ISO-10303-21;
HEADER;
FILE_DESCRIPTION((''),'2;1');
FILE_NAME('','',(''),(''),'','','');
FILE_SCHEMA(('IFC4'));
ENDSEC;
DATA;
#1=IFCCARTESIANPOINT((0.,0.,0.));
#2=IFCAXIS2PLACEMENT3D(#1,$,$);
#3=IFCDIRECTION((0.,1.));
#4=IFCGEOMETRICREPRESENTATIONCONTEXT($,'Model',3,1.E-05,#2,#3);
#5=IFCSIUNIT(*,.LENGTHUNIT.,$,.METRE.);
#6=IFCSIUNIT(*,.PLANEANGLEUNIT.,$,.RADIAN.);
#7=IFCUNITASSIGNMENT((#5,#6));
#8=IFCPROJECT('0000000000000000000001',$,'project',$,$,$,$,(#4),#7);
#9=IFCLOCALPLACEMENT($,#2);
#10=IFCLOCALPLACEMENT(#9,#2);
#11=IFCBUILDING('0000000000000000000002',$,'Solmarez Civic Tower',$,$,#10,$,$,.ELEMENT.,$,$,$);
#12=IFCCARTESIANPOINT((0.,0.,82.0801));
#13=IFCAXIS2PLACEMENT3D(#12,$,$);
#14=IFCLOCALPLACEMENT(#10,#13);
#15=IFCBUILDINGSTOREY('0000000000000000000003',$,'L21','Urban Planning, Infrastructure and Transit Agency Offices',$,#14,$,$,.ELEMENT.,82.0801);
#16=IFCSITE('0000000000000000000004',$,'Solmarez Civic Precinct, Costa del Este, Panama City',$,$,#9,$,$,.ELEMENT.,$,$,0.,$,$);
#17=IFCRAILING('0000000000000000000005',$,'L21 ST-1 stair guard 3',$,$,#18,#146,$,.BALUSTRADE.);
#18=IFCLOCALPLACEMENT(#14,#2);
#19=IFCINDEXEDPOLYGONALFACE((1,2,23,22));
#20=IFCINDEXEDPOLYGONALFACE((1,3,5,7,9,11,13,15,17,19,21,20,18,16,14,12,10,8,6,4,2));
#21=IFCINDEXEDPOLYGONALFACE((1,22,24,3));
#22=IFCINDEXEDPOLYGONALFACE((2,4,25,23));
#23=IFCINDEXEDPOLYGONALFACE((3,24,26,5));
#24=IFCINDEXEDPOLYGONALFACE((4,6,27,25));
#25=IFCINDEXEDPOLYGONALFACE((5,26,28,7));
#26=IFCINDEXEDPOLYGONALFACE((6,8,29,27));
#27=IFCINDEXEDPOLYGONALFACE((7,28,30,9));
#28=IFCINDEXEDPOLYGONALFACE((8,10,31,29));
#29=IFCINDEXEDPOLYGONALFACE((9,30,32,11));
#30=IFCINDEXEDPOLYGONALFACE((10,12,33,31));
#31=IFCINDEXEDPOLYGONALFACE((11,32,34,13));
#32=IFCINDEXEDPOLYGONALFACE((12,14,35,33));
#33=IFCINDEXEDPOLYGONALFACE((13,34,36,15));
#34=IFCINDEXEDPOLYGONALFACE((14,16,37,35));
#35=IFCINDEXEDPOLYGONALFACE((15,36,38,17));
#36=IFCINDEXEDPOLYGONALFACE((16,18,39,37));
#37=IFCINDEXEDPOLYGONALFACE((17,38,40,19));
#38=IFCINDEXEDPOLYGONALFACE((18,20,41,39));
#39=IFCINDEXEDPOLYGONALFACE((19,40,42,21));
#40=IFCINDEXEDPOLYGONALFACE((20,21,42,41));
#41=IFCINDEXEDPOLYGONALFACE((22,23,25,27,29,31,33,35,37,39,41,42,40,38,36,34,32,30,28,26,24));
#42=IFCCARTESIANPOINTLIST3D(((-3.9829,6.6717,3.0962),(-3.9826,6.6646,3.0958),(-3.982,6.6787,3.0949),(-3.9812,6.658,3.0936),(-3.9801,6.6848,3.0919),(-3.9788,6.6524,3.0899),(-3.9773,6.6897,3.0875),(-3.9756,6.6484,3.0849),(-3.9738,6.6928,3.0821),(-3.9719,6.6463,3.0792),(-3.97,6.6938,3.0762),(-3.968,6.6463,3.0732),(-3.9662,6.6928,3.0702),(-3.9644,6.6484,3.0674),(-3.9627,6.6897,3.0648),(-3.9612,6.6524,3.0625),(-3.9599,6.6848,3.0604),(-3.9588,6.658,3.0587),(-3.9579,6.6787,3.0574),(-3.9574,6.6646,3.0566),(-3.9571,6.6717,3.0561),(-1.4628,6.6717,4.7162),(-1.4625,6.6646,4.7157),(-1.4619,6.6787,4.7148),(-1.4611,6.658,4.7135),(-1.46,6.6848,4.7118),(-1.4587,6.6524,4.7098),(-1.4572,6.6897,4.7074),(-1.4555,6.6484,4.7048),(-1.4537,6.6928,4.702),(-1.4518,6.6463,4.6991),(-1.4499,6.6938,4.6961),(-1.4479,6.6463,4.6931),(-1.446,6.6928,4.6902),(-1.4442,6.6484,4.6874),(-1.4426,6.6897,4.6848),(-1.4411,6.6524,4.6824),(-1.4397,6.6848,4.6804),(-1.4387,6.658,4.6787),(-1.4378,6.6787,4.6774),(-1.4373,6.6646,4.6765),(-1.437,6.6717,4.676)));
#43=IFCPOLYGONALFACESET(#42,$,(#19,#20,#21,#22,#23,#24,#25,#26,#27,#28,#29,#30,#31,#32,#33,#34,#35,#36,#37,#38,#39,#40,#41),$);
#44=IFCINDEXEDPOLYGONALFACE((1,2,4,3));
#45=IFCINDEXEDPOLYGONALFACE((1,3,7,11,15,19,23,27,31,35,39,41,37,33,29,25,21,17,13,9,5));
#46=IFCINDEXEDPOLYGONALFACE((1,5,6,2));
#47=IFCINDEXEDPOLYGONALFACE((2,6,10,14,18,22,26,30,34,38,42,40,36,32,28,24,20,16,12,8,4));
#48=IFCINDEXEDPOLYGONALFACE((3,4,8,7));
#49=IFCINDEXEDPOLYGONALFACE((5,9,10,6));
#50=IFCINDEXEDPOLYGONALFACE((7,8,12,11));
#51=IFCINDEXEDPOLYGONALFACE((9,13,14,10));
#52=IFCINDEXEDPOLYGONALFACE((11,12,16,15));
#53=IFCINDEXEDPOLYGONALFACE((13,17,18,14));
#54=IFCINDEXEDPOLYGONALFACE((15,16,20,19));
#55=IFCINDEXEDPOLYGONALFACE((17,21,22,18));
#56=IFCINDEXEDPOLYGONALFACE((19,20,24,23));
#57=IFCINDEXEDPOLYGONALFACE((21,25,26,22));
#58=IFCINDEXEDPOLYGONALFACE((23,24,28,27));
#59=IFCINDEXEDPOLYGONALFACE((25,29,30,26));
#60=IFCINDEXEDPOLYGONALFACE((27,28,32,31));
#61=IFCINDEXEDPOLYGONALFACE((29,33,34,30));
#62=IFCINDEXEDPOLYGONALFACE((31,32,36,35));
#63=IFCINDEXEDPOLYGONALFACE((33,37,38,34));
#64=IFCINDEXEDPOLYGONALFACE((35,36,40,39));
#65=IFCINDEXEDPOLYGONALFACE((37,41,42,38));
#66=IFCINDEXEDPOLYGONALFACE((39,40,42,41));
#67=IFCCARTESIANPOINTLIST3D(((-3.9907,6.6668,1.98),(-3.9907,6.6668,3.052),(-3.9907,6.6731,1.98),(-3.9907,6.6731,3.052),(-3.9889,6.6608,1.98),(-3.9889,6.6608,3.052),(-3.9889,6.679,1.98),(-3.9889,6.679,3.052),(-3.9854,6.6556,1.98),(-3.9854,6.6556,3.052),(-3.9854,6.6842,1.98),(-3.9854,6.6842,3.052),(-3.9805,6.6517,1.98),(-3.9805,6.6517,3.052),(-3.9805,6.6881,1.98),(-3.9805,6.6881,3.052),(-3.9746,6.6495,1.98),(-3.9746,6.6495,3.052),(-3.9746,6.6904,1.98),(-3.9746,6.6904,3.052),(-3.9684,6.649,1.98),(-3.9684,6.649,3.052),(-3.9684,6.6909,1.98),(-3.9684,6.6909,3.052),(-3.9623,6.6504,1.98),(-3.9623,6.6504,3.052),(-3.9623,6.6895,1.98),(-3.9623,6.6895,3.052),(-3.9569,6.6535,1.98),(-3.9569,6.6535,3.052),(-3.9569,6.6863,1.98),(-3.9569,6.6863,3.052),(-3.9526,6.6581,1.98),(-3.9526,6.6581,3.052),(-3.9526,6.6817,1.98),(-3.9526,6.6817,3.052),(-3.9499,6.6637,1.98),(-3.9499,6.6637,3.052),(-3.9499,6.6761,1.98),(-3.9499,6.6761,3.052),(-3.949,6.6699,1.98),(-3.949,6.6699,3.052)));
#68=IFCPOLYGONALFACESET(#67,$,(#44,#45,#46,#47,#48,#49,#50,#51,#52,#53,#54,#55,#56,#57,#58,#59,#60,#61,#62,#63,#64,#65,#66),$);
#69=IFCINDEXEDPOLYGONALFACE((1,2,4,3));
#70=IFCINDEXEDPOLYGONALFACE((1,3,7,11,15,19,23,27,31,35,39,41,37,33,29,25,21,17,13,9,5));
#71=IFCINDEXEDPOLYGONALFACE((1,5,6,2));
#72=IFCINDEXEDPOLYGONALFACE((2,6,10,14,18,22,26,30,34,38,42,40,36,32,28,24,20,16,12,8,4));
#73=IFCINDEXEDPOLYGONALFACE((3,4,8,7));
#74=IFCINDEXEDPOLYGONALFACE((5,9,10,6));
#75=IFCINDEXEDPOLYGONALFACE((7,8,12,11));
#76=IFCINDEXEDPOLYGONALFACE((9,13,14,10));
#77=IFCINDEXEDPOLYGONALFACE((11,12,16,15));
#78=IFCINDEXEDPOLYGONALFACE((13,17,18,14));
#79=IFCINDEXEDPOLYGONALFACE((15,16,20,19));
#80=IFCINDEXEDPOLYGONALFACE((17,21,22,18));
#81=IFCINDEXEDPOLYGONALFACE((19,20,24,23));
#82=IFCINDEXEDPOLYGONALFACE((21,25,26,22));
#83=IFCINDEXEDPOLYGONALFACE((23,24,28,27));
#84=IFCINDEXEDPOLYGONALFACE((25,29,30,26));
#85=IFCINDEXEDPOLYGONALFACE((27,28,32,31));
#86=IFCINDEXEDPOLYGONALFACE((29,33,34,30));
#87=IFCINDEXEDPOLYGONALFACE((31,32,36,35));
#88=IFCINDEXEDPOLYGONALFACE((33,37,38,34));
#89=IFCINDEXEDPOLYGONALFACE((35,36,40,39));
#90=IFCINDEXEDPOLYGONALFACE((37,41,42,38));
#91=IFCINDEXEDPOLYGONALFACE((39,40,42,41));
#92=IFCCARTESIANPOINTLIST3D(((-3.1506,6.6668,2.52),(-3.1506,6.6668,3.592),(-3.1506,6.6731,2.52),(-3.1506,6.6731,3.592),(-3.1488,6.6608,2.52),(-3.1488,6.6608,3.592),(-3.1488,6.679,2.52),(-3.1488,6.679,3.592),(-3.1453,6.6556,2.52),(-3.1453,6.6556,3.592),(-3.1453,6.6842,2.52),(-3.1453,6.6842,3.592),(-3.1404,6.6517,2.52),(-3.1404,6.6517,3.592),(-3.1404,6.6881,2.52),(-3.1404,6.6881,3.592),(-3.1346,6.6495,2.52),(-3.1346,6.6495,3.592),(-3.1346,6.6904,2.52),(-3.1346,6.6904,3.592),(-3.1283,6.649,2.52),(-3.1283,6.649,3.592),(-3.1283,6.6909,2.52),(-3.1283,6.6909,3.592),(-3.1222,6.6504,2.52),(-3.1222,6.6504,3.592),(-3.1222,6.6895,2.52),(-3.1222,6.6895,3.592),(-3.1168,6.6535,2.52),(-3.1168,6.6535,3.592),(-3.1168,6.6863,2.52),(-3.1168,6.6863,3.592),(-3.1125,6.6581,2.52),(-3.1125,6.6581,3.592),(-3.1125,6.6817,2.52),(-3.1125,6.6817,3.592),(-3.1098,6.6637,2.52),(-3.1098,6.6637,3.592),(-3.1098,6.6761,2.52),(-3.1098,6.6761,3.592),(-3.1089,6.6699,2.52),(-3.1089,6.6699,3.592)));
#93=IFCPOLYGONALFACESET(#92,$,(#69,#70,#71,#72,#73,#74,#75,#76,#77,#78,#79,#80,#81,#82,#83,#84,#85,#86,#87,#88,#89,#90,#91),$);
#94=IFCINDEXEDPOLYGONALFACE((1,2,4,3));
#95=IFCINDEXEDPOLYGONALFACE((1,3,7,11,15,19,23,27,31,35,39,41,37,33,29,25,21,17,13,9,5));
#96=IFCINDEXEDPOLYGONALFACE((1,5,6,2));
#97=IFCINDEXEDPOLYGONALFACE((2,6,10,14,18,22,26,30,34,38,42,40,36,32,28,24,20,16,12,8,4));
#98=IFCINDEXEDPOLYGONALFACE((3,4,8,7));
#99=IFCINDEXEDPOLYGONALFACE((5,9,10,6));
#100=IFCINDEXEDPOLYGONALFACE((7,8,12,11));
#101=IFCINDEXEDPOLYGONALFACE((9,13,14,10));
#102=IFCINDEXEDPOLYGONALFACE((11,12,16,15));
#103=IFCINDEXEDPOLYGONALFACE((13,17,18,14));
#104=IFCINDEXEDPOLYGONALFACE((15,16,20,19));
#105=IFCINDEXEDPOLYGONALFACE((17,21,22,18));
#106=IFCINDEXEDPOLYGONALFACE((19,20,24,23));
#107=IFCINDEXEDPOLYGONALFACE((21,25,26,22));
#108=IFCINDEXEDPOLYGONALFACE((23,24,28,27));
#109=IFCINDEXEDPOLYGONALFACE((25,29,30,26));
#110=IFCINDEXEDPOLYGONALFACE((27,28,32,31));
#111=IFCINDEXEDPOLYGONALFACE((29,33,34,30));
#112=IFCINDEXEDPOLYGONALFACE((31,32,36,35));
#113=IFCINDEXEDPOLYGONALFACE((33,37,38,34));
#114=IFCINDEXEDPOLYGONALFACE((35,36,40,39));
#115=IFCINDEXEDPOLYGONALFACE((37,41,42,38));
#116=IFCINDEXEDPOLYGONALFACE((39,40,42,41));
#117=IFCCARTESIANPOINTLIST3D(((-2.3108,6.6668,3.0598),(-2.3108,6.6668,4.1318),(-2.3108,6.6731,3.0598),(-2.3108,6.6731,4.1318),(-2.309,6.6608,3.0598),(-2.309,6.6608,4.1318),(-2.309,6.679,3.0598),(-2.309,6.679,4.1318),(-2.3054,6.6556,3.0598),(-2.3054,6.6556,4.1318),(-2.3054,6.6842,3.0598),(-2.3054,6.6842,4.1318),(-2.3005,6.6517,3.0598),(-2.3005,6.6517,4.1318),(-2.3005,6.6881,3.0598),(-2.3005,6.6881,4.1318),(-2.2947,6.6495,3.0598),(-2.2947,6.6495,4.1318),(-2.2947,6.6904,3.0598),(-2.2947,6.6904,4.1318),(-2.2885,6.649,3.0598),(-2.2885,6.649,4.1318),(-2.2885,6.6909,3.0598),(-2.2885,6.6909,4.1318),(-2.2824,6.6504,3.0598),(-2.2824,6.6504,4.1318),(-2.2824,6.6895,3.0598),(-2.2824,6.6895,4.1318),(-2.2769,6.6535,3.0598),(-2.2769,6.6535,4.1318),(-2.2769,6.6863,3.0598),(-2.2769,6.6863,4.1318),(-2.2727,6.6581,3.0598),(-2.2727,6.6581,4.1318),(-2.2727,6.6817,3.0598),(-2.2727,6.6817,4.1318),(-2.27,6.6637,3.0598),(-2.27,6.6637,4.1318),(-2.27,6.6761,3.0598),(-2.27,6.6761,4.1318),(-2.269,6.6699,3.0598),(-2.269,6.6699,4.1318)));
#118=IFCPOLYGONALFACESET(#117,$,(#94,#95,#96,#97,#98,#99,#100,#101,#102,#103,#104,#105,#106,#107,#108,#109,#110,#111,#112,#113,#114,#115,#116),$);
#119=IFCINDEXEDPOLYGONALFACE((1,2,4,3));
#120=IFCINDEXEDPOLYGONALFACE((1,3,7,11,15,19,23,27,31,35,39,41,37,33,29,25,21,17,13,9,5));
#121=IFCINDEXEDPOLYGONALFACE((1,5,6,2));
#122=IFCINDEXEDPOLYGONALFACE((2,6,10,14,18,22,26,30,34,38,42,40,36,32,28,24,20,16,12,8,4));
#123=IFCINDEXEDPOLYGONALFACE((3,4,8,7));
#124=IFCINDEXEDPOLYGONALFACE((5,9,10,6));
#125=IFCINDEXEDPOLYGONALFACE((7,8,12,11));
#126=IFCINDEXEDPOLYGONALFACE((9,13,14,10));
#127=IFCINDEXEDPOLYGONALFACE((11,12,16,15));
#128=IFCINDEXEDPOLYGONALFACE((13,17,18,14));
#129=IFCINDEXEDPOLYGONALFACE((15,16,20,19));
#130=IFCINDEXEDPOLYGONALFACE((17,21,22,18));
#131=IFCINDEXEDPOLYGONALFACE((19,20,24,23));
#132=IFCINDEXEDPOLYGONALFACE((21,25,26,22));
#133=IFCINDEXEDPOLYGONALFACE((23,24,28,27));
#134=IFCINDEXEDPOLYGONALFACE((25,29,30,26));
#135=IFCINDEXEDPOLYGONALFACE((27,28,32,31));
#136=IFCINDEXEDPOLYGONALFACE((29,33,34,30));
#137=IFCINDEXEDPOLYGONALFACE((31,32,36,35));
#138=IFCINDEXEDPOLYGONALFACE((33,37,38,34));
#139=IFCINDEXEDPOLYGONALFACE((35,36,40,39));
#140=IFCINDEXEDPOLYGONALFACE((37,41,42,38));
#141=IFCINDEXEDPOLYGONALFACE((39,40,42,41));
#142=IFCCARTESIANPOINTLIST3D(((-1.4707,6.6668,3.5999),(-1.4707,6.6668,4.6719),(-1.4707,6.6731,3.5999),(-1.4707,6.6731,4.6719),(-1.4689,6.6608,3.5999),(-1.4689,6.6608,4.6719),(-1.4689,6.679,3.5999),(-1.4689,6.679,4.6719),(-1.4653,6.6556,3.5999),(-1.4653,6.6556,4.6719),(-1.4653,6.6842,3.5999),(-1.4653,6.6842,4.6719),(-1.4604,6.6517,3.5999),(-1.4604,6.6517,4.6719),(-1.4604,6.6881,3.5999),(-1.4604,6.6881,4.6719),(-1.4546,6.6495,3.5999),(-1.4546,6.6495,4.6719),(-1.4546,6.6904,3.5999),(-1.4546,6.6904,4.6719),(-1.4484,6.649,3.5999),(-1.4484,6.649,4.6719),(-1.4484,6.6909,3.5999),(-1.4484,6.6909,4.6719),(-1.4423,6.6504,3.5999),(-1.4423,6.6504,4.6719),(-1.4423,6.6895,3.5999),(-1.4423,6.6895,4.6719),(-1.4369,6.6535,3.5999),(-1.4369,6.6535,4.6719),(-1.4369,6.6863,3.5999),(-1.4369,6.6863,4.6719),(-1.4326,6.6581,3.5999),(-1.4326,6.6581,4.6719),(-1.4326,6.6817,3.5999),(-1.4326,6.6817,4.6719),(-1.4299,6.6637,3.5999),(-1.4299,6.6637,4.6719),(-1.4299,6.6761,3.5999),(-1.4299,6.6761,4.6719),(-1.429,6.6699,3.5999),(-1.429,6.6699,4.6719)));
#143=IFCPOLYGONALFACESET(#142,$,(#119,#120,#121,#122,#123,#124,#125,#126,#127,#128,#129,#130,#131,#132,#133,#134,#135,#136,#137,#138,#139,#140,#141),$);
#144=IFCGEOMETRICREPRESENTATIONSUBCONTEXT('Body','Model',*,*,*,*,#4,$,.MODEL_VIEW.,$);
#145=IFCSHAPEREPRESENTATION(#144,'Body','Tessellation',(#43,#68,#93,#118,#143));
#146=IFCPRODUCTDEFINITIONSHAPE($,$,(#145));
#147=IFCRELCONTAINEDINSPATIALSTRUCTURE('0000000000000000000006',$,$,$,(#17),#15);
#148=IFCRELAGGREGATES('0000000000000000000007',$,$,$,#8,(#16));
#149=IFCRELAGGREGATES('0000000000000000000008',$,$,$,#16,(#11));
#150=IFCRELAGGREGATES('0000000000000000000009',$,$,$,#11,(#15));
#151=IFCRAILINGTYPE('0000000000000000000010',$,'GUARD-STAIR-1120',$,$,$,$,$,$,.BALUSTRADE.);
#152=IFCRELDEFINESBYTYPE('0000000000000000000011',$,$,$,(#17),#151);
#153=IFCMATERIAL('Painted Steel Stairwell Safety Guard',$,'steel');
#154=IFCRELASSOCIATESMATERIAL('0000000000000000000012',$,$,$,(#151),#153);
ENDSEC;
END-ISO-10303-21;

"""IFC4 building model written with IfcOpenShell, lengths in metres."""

from ifc_helpers import new_model, si_unit, direction, frame, origin, origin_2d, place, context, subcontext, project, spatial, circle, extrude, material, type_object, element, save


model = new_model("IFC4")

# Units and contexts
model_context = context("Model", 3, precision=1e-05, world=origin(), true_north=direction((0.0, 1.0)))
body_context = subcontext(model_context, "Body", "Model", "MODEL_VIEW")
ifc_project = project(units=[si_unit("LENGTHUNIT", "METRE"), si_unit("PLANEANGLEUNIT", "RADIAN")], contexts=[model_context])

# Site, building, storey
site_placement = place(None, origin())
site = spatial("IfcSite", under=ifc_project, at=site_placement, Name="Solmarez Civic Precinct, Costa del Este, Panama City", CompositionType="ELEMENT", RefElevation=0.0)
building_placement = place(site_placement, origin())
building = spatial("IfcBuilding", under=site, at=building_placement, Name="Solmarez Civic Tower", CompositionType="ELEMENT")
storey_placement = place(building_placement, frame((0.0, 0.0, 82.0801)))
storey = spatial("IfcBuildingStorey", under=building, at=storey_placement, Name="L21", Description="Urban Planning, Infrastructure and Transit Agency Offices", CompositionType="ELEMENT", Elevation=82.0801)

# Railing
ifc_material_1 = material(Name="Painted Steel Stairwell Safety Guard", Category="steel")
railing_type_1 = type_object("IfcRailingType", Name="GUARD-STAIR-1120", PredefinedType="BALUSTRADE", material=ifc_material_1)
railing_1_placement = place(storey_placement, frame((-3.97, 6.6699, 1.98)))
element("IfcRailing", 1, at=railing_1_placement, inside=storey, type_object=railing_type_1, Name="L21 ST-1 stair guard 3", PredefinedType="BALUSTRADE", context=body_context, shape_type="SweptSolid", body=[
    extrude(circle(Radius=0.0239, at=origin_2d()), frame((0.0, 0.0, 1.0962), z_axis=(0.8412, 0.0, 0.540725), x_axis=(0.0, 1.0, 0.0)), (0.0, 0.0, 1.0), 2.9958),
    extrude(circle(Radius=0.021, at=origin_2d()), origin(), (0.0, 0.0, 1.0), 1.072),
    extrude(circle(Radius=0.021, at=origin_2d()), frame((0.8401, 0.0, 0.54)), (0.0, 0.0, 1.0), 1.072),
    extrude(circle(Radius=0.021, at=origin_2d()), frame((1.6799, 0.0, 1.0798)), (0.0, 0.0, 1.0), 1.072),
    extrude(circle(Radius=0.021, at=origin_2d()), frame((2.52, 0.0, 1.6199)), (0.0, 0.0, 1.0), 1.072),
])

save(model, "model.ifc")
